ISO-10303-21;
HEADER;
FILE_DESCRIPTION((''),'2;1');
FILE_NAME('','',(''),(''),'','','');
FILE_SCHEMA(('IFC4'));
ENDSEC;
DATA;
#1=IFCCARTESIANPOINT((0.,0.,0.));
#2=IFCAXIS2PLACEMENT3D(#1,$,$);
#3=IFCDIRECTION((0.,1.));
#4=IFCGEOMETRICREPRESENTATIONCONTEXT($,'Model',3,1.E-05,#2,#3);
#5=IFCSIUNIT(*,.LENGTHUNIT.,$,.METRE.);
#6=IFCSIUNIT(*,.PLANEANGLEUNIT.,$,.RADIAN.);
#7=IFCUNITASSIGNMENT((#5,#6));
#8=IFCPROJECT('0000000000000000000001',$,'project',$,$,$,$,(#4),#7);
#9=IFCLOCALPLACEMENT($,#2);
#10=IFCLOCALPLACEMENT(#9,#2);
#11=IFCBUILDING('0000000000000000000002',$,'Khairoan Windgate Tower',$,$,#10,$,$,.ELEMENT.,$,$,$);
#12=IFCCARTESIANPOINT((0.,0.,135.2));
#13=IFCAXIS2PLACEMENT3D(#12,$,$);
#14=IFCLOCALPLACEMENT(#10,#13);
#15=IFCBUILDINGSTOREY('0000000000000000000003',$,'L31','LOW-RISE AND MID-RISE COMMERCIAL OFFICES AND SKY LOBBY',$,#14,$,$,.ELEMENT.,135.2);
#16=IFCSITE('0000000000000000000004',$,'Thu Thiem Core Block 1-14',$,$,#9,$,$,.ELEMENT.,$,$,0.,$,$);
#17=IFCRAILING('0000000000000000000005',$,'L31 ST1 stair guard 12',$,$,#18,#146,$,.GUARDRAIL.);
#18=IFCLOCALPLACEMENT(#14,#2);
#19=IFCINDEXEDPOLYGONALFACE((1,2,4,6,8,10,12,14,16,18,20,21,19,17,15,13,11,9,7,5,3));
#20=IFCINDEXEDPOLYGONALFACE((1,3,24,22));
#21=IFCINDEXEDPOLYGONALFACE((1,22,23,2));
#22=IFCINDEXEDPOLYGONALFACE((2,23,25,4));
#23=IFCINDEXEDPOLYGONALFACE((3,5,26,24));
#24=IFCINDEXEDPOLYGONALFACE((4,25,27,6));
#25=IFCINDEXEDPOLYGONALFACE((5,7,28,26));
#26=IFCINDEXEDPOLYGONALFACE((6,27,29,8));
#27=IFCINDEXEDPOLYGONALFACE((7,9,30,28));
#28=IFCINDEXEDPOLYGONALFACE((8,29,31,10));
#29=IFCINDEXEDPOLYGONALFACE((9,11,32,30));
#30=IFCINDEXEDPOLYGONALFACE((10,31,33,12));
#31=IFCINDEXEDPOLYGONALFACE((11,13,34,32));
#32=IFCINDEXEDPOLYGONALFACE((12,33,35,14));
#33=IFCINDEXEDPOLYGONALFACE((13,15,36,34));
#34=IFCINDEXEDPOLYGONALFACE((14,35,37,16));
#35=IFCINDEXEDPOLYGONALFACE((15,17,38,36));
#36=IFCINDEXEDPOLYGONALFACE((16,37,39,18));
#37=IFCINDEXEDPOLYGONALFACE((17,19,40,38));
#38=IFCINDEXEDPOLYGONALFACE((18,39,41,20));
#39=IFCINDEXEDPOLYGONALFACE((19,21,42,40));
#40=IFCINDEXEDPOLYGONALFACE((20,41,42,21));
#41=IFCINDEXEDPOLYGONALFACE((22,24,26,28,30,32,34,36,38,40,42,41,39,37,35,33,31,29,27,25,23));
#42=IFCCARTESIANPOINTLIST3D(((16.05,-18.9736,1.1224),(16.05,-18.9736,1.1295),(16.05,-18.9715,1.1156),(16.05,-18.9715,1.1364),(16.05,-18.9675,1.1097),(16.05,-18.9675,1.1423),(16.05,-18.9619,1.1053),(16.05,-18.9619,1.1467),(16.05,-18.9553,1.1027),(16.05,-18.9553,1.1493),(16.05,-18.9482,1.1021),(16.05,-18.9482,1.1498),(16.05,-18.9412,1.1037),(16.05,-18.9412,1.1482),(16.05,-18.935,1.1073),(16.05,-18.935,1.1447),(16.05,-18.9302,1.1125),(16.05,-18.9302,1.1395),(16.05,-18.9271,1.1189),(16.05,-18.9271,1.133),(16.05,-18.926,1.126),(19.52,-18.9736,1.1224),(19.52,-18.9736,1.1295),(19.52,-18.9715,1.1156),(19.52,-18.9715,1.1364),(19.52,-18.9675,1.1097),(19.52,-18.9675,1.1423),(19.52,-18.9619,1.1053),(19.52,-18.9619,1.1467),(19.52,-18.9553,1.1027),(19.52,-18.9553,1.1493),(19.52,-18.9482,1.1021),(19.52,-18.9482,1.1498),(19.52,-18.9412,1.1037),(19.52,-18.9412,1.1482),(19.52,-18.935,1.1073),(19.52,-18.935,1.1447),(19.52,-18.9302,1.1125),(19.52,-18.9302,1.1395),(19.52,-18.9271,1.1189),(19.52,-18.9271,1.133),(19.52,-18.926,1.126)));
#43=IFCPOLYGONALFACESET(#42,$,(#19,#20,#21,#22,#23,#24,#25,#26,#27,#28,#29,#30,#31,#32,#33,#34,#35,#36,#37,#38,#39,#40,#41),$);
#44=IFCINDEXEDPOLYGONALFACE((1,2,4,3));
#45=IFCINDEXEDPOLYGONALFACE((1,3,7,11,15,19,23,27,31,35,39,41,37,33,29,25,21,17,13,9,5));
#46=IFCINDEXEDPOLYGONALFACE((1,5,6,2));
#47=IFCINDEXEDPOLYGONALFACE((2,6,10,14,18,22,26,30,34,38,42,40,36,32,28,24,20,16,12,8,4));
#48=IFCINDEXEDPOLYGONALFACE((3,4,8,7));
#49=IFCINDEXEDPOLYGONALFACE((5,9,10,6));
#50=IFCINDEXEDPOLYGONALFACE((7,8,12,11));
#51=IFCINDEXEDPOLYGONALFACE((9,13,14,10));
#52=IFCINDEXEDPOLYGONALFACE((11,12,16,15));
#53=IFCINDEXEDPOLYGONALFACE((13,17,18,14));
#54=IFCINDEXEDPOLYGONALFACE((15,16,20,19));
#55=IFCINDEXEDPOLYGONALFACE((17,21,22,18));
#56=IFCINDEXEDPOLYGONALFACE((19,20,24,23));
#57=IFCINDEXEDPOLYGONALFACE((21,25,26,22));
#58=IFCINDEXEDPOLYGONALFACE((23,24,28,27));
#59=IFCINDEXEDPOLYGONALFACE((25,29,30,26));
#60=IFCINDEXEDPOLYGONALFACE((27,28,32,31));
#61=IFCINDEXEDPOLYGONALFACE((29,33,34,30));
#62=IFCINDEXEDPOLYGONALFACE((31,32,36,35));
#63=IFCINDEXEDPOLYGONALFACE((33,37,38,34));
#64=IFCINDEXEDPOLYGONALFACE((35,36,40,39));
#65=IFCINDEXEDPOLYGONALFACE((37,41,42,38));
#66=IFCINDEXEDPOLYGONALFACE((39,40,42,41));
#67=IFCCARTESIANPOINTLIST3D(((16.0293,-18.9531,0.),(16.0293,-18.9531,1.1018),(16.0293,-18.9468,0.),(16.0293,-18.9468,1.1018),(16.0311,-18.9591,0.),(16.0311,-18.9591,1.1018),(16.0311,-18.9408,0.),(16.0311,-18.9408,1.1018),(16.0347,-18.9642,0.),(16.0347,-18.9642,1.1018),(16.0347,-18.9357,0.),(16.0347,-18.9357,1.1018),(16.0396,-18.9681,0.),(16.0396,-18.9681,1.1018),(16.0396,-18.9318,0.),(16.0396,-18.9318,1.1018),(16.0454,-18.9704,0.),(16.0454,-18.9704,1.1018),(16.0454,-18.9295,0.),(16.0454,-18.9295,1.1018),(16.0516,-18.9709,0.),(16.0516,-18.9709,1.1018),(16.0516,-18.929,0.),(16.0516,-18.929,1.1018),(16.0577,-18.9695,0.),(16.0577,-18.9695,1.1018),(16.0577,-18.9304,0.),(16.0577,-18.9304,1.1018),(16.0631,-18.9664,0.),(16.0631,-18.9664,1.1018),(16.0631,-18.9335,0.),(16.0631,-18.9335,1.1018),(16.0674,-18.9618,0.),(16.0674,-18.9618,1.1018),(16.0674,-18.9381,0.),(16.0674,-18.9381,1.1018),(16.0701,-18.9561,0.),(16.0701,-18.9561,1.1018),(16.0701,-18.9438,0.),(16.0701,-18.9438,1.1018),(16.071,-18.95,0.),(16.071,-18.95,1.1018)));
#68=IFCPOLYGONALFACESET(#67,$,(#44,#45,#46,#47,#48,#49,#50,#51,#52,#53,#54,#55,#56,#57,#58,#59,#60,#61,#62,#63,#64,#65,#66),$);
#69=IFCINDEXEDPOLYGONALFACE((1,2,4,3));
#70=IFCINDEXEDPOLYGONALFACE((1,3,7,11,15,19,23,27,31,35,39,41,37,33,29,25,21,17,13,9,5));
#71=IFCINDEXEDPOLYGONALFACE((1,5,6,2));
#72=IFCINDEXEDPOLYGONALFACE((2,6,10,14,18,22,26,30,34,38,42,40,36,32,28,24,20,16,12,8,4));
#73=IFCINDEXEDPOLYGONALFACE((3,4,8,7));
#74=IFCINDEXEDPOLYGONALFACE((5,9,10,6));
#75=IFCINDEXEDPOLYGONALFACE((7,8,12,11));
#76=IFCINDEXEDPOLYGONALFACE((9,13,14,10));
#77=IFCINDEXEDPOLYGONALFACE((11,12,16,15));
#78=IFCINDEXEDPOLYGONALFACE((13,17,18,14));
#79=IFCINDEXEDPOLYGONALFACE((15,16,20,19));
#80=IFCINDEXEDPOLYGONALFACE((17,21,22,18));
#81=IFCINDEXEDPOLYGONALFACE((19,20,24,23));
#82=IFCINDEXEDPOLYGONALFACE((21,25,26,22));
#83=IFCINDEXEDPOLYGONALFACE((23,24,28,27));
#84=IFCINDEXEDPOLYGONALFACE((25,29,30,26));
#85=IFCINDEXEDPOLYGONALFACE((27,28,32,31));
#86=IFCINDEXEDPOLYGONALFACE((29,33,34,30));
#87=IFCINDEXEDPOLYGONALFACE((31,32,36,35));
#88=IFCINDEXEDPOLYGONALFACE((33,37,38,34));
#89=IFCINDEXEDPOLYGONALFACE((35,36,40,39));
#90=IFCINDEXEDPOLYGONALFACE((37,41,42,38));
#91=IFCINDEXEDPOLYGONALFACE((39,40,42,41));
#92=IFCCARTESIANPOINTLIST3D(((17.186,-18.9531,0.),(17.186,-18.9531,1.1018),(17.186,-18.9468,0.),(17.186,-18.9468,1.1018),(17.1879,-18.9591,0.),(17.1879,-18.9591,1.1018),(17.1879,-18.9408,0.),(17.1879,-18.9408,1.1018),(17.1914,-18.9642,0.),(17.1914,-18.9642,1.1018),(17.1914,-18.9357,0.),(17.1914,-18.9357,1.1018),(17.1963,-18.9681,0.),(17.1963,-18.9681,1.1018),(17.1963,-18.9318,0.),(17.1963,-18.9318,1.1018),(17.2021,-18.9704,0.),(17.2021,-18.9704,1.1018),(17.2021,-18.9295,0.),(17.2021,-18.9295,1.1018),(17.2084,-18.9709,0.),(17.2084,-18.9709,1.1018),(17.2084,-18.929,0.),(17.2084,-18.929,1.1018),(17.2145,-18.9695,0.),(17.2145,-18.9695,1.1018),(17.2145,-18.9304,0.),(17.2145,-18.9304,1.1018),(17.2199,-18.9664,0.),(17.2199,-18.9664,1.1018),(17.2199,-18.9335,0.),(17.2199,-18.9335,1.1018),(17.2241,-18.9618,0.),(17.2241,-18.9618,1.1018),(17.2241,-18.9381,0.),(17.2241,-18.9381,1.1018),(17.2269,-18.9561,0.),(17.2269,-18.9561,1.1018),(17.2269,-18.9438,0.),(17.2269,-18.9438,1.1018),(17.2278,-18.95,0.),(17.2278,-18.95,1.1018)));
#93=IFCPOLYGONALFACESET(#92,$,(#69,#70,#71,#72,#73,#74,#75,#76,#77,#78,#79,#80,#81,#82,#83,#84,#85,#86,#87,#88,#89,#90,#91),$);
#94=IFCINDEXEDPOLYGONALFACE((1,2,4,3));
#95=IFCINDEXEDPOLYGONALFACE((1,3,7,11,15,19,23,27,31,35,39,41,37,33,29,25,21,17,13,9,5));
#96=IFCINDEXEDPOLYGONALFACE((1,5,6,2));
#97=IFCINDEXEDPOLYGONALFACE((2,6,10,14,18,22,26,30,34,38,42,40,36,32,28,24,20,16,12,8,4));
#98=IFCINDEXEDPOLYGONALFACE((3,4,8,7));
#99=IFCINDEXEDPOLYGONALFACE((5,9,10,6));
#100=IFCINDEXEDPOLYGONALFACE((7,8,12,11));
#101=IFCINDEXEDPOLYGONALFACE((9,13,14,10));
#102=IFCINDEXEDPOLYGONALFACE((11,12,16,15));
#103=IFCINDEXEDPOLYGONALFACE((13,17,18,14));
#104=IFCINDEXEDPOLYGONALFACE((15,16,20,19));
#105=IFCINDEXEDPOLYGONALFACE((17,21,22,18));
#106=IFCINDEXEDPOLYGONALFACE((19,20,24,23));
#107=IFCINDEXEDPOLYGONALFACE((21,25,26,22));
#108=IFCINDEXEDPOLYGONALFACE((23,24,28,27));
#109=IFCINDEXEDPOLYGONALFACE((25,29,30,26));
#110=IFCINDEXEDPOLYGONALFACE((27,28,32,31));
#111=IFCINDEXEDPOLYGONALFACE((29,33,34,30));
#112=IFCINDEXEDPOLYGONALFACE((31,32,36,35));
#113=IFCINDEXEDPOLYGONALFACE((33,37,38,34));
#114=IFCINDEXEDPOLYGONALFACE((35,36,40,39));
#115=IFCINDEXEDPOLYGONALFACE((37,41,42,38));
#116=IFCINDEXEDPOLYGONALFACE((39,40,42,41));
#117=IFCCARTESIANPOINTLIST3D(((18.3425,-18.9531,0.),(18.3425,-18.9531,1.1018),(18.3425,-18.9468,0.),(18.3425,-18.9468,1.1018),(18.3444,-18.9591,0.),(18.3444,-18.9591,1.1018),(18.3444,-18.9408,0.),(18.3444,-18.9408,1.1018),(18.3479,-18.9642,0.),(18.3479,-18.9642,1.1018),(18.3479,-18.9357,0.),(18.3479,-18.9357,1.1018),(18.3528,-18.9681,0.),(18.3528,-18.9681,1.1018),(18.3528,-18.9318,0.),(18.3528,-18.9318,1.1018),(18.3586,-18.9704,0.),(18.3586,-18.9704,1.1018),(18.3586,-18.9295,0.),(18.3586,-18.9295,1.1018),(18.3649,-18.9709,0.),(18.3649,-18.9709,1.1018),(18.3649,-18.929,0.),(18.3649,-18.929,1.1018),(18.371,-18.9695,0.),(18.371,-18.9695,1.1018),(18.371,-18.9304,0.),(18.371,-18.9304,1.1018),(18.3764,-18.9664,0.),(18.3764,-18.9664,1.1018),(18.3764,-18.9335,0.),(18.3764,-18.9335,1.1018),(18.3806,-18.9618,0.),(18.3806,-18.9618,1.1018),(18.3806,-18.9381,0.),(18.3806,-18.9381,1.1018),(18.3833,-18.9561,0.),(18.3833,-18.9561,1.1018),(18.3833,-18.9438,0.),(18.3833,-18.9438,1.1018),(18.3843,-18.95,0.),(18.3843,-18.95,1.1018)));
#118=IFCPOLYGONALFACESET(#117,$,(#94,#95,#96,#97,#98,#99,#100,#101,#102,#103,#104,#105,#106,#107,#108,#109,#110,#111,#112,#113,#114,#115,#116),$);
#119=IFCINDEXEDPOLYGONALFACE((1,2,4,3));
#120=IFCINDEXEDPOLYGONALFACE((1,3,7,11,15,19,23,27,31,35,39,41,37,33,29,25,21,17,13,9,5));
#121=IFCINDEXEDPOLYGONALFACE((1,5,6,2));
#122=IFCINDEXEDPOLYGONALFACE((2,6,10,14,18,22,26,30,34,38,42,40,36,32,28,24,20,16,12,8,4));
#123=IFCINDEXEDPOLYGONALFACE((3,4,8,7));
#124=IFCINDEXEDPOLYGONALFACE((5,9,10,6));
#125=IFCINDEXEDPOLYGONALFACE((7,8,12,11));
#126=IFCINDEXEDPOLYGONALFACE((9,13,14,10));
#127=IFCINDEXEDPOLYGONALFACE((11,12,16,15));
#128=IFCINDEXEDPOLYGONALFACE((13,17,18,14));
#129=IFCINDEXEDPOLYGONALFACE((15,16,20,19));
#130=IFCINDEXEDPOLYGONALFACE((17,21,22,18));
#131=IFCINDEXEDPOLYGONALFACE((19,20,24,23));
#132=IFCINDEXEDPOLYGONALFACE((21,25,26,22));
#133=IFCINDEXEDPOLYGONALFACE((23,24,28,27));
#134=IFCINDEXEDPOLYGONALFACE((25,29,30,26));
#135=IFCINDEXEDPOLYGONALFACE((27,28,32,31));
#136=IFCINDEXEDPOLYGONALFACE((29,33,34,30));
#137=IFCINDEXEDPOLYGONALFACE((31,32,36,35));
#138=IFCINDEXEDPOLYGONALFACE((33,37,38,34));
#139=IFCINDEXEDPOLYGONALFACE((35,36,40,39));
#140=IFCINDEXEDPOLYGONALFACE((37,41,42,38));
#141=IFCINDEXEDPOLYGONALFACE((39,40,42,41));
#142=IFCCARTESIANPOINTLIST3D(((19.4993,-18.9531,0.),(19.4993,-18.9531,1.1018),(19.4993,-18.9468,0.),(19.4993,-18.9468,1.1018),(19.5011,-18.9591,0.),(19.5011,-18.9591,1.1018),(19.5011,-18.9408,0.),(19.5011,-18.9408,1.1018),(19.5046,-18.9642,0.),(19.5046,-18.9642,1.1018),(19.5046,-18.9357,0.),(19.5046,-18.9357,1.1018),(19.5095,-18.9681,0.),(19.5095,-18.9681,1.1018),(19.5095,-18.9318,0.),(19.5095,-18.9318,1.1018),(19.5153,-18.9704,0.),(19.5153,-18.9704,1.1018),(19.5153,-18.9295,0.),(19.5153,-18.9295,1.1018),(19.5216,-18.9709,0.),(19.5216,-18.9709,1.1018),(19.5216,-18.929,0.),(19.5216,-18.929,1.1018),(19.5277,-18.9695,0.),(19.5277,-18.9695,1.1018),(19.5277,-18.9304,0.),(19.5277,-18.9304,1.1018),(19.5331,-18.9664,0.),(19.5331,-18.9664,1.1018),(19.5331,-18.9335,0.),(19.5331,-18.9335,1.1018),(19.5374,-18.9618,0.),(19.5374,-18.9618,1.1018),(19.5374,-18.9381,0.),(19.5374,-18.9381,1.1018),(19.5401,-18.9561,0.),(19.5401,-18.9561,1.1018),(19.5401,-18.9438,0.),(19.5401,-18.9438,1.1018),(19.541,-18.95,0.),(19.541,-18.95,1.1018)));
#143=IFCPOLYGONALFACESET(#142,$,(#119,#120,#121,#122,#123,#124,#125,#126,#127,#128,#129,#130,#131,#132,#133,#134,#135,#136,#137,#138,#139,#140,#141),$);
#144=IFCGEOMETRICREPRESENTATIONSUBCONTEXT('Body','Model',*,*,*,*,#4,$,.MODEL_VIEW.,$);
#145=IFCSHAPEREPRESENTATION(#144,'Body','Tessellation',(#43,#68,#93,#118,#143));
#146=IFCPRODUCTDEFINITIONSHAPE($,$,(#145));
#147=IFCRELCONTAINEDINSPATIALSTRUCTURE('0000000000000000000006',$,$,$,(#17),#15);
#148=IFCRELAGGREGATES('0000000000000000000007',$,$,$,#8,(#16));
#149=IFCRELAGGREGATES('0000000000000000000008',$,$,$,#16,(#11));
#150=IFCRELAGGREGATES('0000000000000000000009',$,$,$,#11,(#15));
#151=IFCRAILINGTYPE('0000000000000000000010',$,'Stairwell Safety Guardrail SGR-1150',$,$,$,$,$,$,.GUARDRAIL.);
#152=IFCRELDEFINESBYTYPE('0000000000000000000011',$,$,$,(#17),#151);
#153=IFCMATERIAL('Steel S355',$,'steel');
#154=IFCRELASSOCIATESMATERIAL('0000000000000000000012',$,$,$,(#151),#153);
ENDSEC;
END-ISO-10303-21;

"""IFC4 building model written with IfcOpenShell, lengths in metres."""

from ifc_helpers import new_model, si_unit, direction, frame, origin, origin_2d, place, context, subcontext, project, spatial, circle, extrude, material, type_object, element, save


model = new_model("IFC4")

# Units and contexts
model_context = context("Model", 3, precision=1e-05, world=origin(), true_north=direction((0.0, 1.0)))
body_context = subcontext(model_context, "Body", "Model", "MODEL_VIEW")
ifc_project = project(units=[si_unit("LENGTHUNIT", "METRE"), si_unit("PLANEANGLEUNIT", "RADIAN")], contexts=[model_context])

# Site, building, storey
site_placement = place(None, origin())
site = spatial("IfcSite", under=ifc_project, at=site_placement, Name="Thu Thiem Core Block 1-14", CompositionType="ELEMENT", RefElevation=0.0)
building_placement = place(site_placement, origin())
building = spatial("IfcBuilding", under=site, at=building_placement, Name="Khairoan Windgate Tower", CompositionType="ELEMENT")
storey_placement = place(building_placement, frame((0.0, 0.0, 135.2)))
storey = spatial("IfcBuildingStorey", under=building, at=storey_placement, Name="L31", Description="LOW-RISE AND MID-RISE COMMERCIAL OFFICES AND SKY LOBBY", CompositionType="ELEMENT", Elevation=135.2)

# Railing
ifc_material_1 = material(Name="Steel S355", Category="steel")
railing_type = type_object("IfcRailingType", Name="Stairwell Safety Guardrail SGR-1150", PredefinedType="GUARDRAIL", material=ifc_material_1)
railing_1_placement = place(storey_placement, frame((16.05, -18.95, 0.0)))
element("IfcRailing", 1, at=railing_1_placement, inside=storey, type_object=railing_type, Name="L31 ST1 stair guard 12", PredefinedType="GUARDRAIL", context=body_context, shape_type="SweptSolid", body=[
    extrude(circle(Radius=0.0239, at=origin_2d()), frame((0.0, 0.0, 1.126), z_axis=(1.0, 0.0, 0.0), x_axis=(0.0, 1.0, 0.0)), (0.0, 0.0, 1.0), 3.47),
    extrude(circle(Radius=0.021, at=origin_2d()), origin(), (0.0, 0.0, 1.0), 1.1018),
    extrude(circle(Radius=0.021, at=origin_2d()), frame((1.1567, 0.0, 0.0)), (0.0, 0.0, 1.0), 1.1018),
    extrude(circle(Radius=0.021, at=origin_2d()), frame((2.3132, 0.0, 0.0)), (0.0, 0.0, 1.0), 1.1018),
    extrude(circle(Radius=0.021, at=origin_2d()), frame((3.47, 0.0, 0.0)), (0.0, 0.0, 1.0), 1.1018),
])

save(model, "model.ifc")
